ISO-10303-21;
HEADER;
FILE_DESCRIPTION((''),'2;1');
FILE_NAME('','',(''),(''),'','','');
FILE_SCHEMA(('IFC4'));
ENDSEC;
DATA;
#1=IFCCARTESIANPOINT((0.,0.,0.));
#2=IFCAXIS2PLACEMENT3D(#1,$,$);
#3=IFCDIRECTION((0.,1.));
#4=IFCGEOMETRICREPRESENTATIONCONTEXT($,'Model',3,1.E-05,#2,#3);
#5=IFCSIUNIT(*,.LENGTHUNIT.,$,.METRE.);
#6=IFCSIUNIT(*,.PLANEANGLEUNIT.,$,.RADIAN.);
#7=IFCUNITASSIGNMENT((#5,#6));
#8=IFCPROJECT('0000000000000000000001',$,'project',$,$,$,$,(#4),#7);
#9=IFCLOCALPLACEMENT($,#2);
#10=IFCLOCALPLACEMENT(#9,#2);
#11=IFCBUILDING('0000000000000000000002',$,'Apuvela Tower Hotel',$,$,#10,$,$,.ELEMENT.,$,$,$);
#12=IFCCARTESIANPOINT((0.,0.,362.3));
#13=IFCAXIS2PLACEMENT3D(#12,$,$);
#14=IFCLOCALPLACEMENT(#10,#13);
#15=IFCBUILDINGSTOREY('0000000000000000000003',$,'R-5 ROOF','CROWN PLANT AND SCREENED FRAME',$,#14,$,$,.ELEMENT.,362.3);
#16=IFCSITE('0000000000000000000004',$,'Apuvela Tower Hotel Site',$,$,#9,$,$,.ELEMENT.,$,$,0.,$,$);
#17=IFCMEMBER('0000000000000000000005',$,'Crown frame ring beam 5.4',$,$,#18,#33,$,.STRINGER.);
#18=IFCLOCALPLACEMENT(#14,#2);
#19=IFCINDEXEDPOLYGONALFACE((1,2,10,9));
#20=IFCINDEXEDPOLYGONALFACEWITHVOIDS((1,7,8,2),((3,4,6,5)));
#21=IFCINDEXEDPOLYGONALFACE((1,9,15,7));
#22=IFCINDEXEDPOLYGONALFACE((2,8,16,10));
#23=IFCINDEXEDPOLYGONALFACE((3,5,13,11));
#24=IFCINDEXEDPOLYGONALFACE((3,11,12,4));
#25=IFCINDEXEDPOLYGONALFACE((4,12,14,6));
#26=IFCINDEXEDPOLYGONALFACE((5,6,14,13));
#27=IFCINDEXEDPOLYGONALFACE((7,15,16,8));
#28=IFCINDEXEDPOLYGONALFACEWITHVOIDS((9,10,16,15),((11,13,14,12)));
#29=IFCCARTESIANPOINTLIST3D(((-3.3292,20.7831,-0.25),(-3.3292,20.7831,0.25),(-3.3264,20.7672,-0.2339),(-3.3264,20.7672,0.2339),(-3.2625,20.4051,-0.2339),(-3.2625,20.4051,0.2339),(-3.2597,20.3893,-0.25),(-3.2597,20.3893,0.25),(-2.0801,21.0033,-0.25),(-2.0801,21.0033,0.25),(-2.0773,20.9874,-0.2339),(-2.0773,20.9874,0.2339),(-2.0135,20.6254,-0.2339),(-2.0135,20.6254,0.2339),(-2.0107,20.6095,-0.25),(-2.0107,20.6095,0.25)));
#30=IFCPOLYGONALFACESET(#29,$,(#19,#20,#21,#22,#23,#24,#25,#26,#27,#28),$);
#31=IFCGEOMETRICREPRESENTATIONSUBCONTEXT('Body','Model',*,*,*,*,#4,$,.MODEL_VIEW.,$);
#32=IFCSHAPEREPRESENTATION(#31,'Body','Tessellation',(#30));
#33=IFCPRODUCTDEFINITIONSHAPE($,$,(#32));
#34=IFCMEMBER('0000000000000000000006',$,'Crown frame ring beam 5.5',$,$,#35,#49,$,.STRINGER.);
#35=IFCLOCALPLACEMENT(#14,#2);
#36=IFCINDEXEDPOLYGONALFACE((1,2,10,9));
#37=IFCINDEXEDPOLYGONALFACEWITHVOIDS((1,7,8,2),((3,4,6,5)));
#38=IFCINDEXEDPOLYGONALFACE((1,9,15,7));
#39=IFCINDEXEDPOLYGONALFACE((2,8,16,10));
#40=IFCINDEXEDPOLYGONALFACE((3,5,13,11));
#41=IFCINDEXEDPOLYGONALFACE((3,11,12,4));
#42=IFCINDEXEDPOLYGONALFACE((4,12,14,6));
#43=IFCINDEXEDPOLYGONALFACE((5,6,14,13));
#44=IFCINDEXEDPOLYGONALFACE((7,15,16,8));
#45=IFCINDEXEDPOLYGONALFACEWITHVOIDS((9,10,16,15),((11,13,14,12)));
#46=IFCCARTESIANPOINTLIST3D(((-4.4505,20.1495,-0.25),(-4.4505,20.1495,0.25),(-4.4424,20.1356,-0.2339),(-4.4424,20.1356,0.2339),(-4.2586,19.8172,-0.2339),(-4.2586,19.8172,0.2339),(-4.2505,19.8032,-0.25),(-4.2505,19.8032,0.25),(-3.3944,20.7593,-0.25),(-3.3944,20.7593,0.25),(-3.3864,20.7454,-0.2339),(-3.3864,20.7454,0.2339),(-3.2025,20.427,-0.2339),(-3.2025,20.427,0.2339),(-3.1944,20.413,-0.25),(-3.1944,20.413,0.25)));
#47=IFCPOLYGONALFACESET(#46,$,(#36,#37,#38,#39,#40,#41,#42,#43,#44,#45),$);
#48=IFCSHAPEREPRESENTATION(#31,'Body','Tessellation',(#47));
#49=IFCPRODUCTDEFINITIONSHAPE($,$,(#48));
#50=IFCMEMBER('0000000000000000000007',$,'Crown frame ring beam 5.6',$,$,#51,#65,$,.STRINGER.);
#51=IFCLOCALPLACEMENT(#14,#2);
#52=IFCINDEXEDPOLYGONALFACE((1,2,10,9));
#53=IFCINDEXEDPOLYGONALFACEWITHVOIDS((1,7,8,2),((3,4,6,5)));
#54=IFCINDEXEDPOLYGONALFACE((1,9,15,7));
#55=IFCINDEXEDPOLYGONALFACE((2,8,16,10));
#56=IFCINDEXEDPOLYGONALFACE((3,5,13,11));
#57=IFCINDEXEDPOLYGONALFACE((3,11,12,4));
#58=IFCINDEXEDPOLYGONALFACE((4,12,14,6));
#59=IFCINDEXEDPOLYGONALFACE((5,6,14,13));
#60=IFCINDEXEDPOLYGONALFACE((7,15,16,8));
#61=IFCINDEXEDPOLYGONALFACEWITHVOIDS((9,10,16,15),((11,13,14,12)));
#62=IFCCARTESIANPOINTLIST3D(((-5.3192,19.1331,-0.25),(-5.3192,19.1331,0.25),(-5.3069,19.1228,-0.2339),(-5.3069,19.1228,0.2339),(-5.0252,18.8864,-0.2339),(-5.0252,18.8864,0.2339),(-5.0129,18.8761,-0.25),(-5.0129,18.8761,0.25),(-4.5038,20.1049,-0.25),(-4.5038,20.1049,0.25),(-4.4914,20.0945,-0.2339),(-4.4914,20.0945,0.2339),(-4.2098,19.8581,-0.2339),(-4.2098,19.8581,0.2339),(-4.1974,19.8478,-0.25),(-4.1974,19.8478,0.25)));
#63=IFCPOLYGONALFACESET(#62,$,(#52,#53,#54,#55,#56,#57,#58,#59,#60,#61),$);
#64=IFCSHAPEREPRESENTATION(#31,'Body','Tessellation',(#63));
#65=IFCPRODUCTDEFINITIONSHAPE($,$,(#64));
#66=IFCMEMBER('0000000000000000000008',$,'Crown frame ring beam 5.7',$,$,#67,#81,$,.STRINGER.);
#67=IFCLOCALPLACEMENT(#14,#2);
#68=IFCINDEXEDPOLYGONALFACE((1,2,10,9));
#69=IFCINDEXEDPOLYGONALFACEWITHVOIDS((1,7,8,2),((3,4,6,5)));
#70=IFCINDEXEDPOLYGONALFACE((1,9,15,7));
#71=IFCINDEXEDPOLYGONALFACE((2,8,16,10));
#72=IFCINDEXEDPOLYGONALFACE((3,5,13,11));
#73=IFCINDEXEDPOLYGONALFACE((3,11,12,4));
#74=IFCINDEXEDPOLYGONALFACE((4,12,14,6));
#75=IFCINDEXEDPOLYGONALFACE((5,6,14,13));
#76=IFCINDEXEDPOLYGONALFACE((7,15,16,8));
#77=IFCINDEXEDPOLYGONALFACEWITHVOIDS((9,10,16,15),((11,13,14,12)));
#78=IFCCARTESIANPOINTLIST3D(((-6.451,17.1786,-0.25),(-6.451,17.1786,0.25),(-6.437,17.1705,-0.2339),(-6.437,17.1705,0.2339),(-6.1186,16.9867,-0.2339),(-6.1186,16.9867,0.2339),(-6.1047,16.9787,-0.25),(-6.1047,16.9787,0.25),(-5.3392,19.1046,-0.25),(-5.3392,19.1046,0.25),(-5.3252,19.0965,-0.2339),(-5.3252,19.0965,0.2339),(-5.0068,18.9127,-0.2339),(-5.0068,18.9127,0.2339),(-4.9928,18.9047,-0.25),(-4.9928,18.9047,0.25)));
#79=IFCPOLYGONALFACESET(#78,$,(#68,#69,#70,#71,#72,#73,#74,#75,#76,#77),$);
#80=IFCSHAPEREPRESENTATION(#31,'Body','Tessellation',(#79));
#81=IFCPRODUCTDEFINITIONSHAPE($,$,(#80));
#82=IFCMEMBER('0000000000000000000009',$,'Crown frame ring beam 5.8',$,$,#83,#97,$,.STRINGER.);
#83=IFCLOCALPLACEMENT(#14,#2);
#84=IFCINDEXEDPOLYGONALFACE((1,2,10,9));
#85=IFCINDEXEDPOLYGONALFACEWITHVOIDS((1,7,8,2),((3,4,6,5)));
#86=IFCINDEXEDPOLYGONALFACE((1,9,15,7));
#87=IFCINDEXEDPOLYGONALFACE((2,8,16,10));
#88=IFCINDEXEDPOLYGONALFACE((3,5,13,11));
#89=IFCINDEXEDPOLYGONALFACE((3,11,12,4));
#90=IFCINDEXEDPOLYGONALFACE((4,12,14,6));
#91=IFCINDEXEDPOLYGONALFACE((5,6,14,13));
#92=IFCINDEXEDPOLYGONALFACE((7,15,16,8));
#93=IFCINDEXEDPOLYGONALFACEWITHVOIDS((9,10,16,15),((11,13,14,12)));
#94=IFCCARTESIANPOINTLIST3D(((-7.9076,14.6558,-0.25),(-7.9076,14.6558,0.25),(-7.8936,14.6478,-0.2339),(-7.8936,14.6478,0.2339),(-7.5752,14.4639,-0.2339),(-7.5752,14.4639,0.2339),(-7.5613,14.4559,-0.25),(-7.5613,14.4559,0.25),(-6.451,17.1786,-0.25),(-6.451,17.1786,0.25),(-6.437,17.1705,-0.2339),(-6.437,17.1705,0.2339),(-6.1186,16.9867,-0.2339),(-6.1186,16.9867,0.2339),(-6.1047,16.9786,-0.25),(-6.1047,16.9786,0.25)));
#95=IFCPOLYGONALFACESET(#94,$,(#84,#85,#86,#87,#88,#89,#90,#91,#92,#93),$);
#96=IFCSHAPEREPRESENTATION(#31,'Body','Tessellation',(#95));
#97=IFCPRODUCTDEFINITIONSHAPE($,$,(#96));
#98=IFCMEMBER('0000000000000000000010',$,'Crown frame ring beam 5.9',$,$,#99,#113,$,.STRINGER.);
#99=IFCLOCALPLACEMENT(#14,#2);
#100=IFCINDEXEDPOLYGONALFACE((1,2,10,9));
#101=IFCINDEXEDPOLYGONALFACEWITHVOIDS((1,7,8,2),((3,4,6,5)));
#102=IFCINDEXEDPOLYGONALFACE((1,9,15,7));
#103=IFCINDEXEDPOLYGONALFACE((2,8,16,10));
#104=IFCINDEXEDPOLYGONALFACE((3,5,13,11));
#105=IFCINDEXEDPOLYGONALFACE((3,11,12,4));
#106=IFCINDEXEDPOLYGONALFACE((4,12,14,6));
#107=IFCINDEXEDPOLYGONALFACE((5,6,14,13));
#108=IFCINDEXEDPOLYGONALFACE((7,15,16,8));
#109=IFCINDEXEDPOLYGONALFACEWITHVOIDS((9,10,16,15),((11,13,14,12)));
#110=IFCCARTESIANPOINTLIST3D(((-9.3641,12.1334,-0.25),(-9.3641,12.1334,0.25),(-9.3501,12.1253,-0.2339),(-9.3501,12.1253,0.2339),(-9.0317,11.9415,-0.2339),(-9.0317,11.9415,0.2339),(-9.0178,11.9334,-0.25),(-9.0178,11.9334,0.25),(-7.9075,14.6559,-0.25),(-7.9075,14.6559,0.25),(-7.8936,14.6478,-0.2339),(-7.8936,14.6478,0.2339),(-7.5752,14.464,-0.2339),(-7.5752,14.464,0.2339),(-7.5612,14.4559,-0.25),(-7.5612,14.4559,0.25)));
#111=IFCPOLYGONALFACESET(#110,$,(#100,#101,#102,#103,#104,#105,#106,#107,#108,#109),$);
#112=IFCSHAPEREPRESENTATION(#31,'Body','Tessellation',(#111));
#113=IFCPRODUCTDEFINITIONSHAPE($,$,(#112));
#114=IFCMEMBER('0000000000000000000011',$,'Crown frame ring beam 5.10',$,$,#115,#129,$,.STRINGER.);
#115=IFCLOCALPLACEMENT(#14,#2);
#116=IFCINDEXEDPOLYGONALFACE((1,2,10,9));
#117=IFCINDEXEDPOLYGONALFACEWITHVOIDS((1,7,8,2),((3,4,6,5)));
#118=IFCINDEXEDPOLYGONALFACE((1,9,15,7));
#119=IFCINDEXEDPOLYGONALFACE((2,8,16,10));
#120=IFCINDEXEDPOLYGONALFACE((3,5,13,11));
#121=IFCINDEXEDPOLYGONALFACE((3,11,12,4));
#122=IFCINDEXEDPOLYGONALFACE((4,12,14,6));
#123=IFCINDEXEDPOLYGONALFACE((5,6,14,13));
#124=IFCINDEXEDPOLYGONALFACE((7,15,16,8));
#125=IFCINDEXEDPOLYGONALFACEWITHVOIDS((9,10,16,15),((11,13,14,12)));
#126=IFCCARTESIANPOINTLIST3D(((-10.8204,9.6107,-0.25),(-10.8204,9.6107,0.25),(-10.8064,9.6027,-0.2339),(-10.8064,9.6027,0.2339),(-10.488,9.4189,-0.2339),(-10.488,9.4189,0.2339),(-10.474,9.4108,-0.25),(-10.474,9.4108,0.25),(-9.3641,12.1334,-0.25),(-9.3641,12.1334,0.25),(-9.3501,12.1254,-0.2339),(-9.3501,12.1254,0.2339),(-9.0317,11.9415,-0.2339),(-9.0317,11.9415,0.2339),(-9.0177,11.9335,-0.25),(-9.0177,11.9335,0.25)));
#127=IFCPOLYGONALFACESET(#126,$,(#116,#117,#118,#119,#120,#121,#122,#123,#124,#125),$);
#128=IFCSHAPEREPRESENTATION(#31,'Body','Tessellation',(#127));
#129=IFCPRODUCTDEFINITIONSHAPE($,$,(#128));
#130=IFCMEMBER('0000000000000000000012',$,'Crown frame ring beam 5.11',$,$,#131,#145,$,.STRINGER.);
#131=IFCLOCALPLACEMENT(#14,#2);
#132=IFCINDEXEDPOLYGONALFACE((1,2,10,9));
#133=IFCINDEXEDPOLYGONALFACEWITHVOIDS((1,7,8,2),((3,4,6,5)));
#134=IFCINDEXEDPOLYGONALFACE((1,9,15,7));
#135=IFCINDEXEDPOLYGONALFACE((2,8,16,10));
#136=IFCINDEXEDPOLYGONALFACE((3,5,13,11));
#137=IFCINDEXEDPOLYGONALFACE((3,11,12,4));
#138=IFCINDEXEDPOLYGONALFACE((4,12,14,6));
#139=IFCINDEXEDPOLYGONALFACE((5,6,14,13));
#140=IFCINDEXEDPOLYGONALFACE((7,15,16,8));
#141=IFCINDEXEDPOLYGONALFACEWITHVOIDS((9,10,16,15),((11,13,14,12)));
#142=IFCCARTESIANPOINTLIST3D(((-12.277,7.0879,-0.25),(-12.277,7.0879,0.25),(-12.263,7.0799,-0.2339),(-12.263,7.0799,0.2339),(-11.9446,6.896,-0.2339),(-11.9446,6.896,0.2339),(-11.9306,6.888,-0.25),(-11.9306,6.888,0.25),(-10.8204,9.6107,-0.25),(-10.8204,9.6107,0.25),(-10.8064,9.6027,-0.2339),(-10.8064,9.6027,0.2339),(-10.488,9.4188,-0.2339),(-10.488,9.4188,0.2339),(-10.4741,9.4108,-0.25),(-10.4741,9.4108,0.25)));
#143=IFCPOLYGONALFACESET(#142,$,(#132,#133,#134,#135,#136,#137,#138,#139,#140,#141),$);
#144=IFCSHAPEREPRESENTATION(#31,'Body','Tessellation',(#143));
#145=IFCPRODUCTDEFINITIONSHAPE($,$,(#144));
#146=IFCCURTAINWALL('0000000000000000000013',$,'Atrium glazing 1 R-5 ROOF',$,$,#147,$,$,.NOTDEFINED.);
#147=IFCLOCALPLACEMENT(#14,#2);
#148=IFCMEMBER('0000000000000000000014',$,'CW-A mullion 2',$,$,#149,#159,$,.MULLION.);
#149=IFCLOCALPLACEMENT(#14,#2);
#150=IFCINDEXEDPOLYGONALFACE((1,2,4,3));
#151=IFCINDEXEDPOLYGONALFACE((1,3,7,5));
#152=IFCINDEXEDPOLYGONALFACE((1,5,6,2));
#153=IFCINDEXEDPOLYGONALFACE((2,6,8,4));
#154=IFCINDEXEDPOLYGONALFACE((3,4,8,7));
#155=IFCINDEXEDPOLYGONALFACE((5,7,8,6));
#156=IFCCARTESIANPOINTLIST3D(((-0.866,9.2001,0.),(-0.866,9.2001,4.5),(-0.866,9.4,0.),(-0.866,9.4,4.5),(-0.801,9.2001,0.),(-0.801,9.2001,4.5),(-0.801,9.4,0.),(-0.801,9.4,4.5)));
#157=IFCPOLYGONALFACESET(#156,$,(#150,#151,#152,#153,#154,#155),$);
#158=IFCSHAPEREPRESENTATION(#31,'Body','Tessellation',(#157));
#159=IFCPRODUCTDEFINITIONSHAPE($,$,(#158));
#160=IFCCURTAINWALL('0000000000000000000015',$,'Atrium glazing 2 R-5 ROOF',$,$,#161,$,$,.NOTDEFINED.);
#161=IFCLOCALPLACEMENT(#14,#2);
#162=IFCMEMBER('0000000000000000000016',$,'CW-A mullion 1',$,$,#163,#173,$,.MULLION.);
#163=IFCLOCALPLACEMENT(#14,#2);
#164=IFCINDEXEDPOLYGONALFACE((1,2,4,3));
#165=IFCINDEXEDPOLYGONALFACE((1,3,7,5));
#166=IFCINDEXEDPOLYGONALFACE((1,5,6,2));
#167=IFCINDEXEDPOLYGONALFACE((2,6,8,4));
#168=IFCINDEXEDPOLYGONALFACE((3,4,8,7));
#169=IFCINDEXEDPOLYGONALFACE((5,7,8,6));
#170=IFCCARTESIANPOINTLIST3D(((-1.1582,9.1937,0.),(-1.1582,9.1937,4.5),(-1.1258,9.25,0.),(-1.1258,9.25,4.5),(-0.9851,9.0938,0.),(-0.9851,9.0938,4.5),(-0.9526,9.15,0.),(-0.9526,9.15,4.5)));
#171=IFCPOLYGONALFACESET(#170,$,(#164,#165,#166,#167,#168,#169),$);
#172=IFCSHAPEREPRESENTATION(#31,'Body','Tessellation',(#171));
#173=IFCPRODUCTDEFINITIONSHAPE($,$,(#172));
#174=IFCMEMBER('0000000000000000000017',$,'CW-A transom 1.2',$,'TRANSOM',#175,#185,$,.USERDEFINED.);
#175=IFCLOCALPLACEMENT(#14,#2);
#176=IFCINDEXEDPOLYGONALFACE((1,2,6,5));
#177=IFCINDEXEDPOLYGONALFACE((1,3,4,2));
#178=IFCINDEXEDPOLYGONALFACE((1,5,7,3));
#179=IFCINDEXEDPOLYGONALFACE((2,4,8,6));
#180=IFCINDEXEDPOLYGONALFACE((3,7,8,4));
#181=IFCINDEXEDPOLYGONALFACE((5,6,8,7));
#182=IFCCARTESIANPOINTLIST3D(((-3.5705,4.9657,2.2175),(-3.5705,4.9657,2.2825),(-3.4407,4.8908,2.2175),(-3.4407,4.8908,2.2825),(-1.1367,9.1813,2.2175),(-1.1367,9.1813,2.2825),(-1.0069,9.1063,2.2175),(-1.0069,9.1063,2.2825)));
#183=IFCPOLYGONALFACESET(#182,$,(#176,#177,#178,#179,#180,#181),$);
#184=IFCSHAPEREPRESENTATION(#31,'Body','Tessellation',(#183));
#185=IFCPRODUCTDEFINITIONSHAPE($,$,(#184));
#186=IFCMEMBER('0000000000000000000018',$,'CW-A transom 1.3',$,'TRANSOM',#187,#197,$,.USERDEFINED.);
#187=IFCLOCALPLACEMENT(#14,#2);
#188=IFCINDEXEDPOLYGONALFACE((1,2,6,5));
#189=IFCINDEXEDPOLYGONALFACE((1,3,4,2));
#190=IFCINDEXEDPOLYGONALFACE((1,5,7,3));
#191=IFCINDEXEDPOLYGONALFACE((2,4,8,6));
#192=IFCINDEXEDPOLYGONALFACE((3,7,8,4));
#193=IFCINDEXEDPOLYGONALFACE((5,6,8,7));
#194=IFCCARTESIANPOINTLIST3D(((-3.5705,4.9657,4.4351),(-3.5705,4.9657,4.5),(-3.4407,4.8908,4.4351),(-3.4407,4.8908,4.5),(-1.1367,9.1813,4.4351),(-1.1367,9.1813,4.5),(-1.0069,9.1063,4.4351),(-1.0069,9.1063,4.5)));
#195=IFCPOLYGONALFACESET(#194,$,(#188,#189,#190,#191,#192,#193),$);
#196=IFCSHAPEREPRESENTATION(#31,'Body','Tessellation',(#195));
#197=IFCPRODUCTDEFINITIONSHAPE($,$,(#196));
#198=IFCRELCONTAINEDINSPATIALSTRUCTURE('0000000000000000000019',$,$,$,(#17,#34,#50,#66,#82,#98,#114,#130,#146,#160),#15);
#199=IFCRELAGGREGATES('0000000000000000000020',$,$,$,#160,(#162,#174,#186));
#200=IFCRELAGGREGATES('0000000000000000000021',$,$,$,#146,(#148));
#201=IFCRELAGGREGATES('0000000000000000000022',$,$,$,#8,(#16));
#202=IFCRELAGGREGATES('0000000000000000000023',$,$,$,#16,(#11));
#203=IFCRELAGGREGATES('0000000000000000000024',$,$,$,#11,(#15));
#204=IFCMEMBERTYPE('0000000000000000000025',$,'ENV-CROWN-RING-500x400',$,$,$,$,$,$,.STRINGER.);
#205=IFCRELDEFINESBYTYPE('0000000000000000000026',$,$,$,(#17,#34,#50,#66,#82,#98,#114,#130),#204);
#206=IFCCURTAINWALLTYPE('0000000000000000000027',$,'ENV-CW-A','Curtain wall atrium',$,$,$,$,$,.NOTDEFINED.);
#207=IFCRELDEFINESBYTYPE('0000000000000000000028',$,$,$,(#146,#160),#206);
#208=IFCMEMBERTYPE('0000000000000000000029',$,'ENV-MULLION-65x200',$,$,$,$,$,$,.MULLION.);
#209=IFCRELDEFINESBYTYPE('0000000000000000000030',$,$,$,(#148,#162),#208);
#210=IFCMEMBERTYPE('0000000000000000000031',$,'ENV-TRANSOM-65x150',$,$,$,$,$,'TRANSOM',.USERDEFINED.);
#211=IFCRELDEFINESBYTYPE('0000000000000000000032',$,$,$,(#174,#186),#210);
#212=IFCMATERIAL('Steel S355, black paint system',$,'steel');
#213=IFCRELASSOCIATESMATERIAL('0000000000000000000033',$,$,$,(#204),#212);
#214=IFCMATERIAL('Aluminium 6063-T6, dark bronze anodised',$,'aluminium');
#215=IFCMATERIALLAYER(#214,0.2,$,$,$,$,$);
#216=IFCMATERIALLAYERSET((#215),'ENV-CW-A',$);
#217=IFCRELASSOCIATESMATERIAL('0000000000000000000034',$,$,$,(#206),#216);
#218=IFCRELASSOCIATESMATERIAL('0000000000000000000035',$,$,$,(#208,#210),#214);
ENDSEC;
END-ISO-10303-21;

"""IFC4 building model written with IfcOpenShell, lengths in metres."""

from ifc_helpers import new_model, si_unit, direction, frame, origin, origin_2d, place, context, subcontext, project, spatial, rectangle, hollow_rectangle, extrude, material, layer, layer_set, material_profile, profile_set, type_object, element, aggregate, save


model = new_model("IFC4")

# Units and contexts
model_context = context("Model", 3, precision=1e-05, world=origin(), true_north=direction((0.0, 1.0)))
body_context = subcontext(model_context, "Body", "Model", "MODEL_VIEW")
ifc_project = project(units=[si_unit("LENGTHUNIT", "METRE"), si_unit("PLANEANGLEUNIT", "RADIAN")], contexts=[model_context])

# Site, building, storey
site_placement = place(None, origin())
site = spatial("IfcSite", under=ifc_project, at=site_placement, Name="Apuvela Tower Hotel Site", CompositionType="ELEMENT", RefElevation=0.0)
building_placement = place(site_placement, origin())
building = spatial("IfcBuilding", under=site, at=building_placement, Name="Apuvela Tower Hotel", CompositionType="ELEMENT")
storey_placement = place(building_placement, frame((0.0, 0.0, 362.3)))
storey = spatial("IfcBuildingStorey", under=building, at=storey_placement, Name="R-5 ROOF", Description="CROWN PLANT AND SCREENED FRAME", CompositionType="ELEMENT", Elevation=362.3)

# Members
ifc_material_1 = material(Name="Steel S355, black paint system", Category="steel")
ifc_material_profile_1 = material_profile(ifc_material_1, hollow_rectangle(XDim=0.3999, YDim=0.5, WallThickness=0.0161, at=origin_2d()), Name="HSS 500x400x16")
ifc_profile_set_1 = profile_set([ifc_material_profile_1], Name="Steel S355, black paint system")
member_type_1 = type_object("IfcMemberType", Name="ENV-CROWN-RING-500x400", PredefinedType="STRINGER", material=ifc_profile_set_1)
member_1_placement = place(storey_placement, frame((-2.0454, 20.8064, 0.0), z_axis=(-0.984811, -0.173632, 0.0), x_axis=(0.173632, -0.984811, 0.0)))
element("IfcMember", 1, at=member_1_placement, inside=storey, type_object=member_type_1, Name="Crown frame ring beam 5.4", PredefinedType="STRINGER", context=body_context, shape_type="SweptSolid", body=[
    extrude(hollow_rectangle(XDim=0.3999, YDim=0.5, WallThickness=0.0161, at=origin_2d()), origin(), (0.0, 0.0, 1.0), 1.2683),
])
member_2_placement = place(storey_placement, frame((-3.2944, 20.5862, 0.0), z_axis=(-0.865992, -0.500057, 0.0), x_axis=(0.500057, -0.865992, 0.0)))
element("IfcMember", 2, at=member_2_placement, inside=storey, type_object=member_type_1, Name="Crown frame ring beam 5.5", PredefinedType="STRINGER", context=body_context, shape_type="SweptSolid", body=[
    extrude(hollow_rectangle(XDim=0.3999, YDim=0.5, WallThickness=0.0161, at=origin_2d()), origin(), (0.0, 0.0, 1.0), 1.2195),
])
member_3_placement = place(storey_placement, frame((-4.3506, 19.9763, 0.0), z_axis=(-0.642831, -0.766008, 0.0), x_axis=(0.766008, -0.642831, 0.0)))
element("IfcMember", 3, at=member_3_placement, inside=storey, type_object=member_type_1, Name="Crown frame ring beam 5.6", PredefinedType="STRINGER", context=body_context, shape_type="SweptSolid", body=[
    extrude(hollow_rectangle(XDim=0.3999, YDim=0.5, WallThickness=0.0161, at=origin_2d()), origin(), (0.0, 0.0, 1.0), 1.2686),
])
member_4_placement = place(storey_placement, frame((-5.166, 19.0046, 0.0), z_axis=(-0.499941, -0.866059, 0.0), x_axis=(0.866059, -0.499941, 0.0)))
element("IfcMember", 4, at=member_4_placement, inside=storey, type_object=member_type_1, Name="Crown frame ring beam 5.7", PredefinedType="STRINGER", context=body_context, shape_type="SweptSolid", body=[
    extrude(hollow_rectangle(XDim=0.3999, YDim=0.5, WallThickness=0.0161, at=origin_2d()), origin(), (0.0, 0.0, 1.0), 2.2239),
])
member_5_placement = place(storey_placement, frame((-6.2778, 17.0786, 0.0), z_axis=(-0.500015, -0.866017, 0.0), x_axis=(0.866017, -0.500015, 0.0)))
element("IfcMember", 5, at=member_5_placement, inside=storey, type_object=member_type_1, Name="Crown frame ring beam 5.8", PredefinedType="STRINGER", context=body_context, shape_type="SweptSolid", body=[
    extrude(hollow_rectangle(XDim=0.3999, YDim=0.5, WallThickness=0.0161, at=origin_2d()), origin(), (0.0, 0.0, 1.0), 2.9131),
])
for number, where, z_axis, x_axis, name in (
    (6, (-7.7344, 14.5559, 0.0), (-0.500051, -0.865996, 0.0), (0.865996, -0.500051, 0.0), "Crown frame ring beam 5.9"),
    (7, (-9.1909, 12.0334, 0.0), (-0.499952, -0.866053, 0.0), (0.866053, -0.499952, 0.0), "Crown frame ring beam 5.10"),
):
    element("IfcMember", number, at=place(storey_placement, frame(where, z_axis=z_axis, x_axis=x_axis)), inside=storey, type_object=member_type_1, Name=name, PredefinedType="STRINGER", context=body_context, shape_type="SweptSolid", body=[
        extrude(hollow_rectangle(XDim=0.3999, YDim=0.5, WallThickness=0.0161, at=origin_2d()), origin(), (0.0, 0.0, 1.0), 2.9128),
    ])
member_6_placement = place(storey_placement, frame((-10.6472, 9.5107, 0.0), z_axis=(-0.500015, -0.866017, 0.0), x_axis=(0.866017, -0.500015, 0.0)))
element("IfcMember", 8, at=member_6_placement, inside=storey, type_object=member_type_1, Name="Crown frame ring beam 5.11", PredefinedType="STRINGER", context=body_context, shape_type="SweptSolid", body=[
    extrude(hollow_rectangle(XDim=0.3999, YDim=0.5, WallThickness=0.0161, at=origin_2d()), origin(), (0.0, 0.0, 1.0), 2.9131),
])

# Curtain wall, member
ifc_material_2 = material(Name="Aluminium 6063-T6, dark bronze anodised", Category="aluminium")
ifc_layer_1 = layer(ifc_material_2, 0.2)
ifc_layer_set_1 = layer_set([ifc_layer_1], Name="ENV-CW-A")
curtain_wall_type = type_object("IfcCurtainWallType", Name="ENV-CW-A", Description="Curtain wall atrium", PredefinedType="NOTDEFINED", material=ifc_layer_set_1)
curtain_wall_1_placement = place(storey_placement, origin())
curtain_wall_1 = element("IfcCurtainWall", 9, at=curtain_wall_1_placement, inside=storey, type_object=curtain_wall_type, Name="Atrium glazing 1 R-5 ROOF", PredefinedType="NOTDEFINED")
ifc_material_profile_2 = material_profile(ifc_material_2, rectangle(XDim=0.2, YDim=0.0649, at=origin_2d()), Name="AL 65x200")
ifc_profile_set_2 = profile_set([ifc_material_profile_2], Name="Aluminium 6063-T6, dark bronze anodised")
member_type_2 = type_object("IfcMemberType", Name="ENV-MULLION-65x200", PredefinedType="MULLION", material=ifc_profile_set_2)
member_7_placement = place(storey_placement, frame((-0.8335, 9.3, 0.0), z_axis=(0.0, 0.0, 1.0), x_axis=(0.0, -1.0, 0.0)))
member_7 = element("IfcMember", 10, at=member_7_placement, type_object=member_type_2, Name="CW-A mullion 2", PredefinedType="MULLION", context=body_context, shape_type="SweptSolid", body=[
    extrude(rectangle(XDim=0.2, YDim=0.0649, at=origin_2d()), origin(), (0.0, 0.0, 1.0), 4.5),
])

# Curtain wall, members
curtain_wall_2_placement = place(storey_placement, origin())
curtain_wall_2 = element("IfcCurtainWall", 11, at=curtain_wall_2_placement, inside=storey, type_object=curtain_wall_type, Name="Atrium glazing 2 R-5 ROOF", PredefinedType="NOTDEFINED")
member_8_placement = place(storey_placement, frame((-1.0554, 9.1719, 0.0), z_axis=(0.0, 0.0, 1.0), x_axis=(0.866026, -0.499999, 0.0)))
member_8 = element("IfcMember", 12, at=member_8_placement, type_object=member_type_2, Name="CW-A mullion 1", PredefinedType="MULLION", context=body_context, shape_type="SweptSolid", body=[
    extrude(rectangle(XDim=0.2, YDim=0.0649, at=origin_2d()), origin(), (0.0, 0.0, 1.0), 4.5),
])
ifc_material_profile_3 = material_profile(ifc_material_2, rectangle(XDim=0.1499, YDim=0.0649, at=origin_2d()), Name="AL 65x150 transom")
ifc_profile_set_3 = profile_set([ifc_material_profile_3], Name="Aluminium 6063-T6, dark bronze anodised")
member_type_3 = type_object("IfcMemberType", Name="ENV-TRANSOM-65x150", ElementType="TRANSOM", PredefinedType="USERDEFINED", material=ifc_profile_set_3)
member_9_placement = place(storey_placement, frame((-1.0718, 9.1438, 2.25), z_axis=(-0.499996, -0.866028, 0.0), x_axis=(0.866028, -0.499996, 0.0)))
member_9 = element("IfcMember", 13, at=member_9_placement, type_object=member_type_3, Name="CW-A transom 1.2", ObjectType="TRANSOM", PredefinedType="USERDEFINED", context=body_context, shape_type="SweptSolid", body=[
    extrude(rectangle(XDim=0.1499, YDim=0.0649, at=origin_2d()), origin(), (0.0, 0.0, 1.0), 4.8677),
])
member_10_placement = place(storey_placement, frame((-1.0718, 9.1438, 4.4675), z_axis=(-0.499996, -0.866028, 0.0), x_axis=(0.866028, -0.499996, 0.0)))
member_10 = element("IfcMember", 14, at=member_10_placement, type_object=member_type_3, Name="CW-A transom 1.3", ObjectType="TRANSOM", PredefinedType="USERDEFINED", context=body_context, shape_type="SweptSolid", body=[
    extrude(rectangle(XDim=0.1499, YDim=0.0649, at=origin_2d()), origin(), (0.0, 0.0, 1.0), 4.8677),
])
aggregate(curtain_wall_2, [member_8, member_9, member_10])

aggregate(curtain_wall_1, [member_7])

save(model, "model.ifc")
